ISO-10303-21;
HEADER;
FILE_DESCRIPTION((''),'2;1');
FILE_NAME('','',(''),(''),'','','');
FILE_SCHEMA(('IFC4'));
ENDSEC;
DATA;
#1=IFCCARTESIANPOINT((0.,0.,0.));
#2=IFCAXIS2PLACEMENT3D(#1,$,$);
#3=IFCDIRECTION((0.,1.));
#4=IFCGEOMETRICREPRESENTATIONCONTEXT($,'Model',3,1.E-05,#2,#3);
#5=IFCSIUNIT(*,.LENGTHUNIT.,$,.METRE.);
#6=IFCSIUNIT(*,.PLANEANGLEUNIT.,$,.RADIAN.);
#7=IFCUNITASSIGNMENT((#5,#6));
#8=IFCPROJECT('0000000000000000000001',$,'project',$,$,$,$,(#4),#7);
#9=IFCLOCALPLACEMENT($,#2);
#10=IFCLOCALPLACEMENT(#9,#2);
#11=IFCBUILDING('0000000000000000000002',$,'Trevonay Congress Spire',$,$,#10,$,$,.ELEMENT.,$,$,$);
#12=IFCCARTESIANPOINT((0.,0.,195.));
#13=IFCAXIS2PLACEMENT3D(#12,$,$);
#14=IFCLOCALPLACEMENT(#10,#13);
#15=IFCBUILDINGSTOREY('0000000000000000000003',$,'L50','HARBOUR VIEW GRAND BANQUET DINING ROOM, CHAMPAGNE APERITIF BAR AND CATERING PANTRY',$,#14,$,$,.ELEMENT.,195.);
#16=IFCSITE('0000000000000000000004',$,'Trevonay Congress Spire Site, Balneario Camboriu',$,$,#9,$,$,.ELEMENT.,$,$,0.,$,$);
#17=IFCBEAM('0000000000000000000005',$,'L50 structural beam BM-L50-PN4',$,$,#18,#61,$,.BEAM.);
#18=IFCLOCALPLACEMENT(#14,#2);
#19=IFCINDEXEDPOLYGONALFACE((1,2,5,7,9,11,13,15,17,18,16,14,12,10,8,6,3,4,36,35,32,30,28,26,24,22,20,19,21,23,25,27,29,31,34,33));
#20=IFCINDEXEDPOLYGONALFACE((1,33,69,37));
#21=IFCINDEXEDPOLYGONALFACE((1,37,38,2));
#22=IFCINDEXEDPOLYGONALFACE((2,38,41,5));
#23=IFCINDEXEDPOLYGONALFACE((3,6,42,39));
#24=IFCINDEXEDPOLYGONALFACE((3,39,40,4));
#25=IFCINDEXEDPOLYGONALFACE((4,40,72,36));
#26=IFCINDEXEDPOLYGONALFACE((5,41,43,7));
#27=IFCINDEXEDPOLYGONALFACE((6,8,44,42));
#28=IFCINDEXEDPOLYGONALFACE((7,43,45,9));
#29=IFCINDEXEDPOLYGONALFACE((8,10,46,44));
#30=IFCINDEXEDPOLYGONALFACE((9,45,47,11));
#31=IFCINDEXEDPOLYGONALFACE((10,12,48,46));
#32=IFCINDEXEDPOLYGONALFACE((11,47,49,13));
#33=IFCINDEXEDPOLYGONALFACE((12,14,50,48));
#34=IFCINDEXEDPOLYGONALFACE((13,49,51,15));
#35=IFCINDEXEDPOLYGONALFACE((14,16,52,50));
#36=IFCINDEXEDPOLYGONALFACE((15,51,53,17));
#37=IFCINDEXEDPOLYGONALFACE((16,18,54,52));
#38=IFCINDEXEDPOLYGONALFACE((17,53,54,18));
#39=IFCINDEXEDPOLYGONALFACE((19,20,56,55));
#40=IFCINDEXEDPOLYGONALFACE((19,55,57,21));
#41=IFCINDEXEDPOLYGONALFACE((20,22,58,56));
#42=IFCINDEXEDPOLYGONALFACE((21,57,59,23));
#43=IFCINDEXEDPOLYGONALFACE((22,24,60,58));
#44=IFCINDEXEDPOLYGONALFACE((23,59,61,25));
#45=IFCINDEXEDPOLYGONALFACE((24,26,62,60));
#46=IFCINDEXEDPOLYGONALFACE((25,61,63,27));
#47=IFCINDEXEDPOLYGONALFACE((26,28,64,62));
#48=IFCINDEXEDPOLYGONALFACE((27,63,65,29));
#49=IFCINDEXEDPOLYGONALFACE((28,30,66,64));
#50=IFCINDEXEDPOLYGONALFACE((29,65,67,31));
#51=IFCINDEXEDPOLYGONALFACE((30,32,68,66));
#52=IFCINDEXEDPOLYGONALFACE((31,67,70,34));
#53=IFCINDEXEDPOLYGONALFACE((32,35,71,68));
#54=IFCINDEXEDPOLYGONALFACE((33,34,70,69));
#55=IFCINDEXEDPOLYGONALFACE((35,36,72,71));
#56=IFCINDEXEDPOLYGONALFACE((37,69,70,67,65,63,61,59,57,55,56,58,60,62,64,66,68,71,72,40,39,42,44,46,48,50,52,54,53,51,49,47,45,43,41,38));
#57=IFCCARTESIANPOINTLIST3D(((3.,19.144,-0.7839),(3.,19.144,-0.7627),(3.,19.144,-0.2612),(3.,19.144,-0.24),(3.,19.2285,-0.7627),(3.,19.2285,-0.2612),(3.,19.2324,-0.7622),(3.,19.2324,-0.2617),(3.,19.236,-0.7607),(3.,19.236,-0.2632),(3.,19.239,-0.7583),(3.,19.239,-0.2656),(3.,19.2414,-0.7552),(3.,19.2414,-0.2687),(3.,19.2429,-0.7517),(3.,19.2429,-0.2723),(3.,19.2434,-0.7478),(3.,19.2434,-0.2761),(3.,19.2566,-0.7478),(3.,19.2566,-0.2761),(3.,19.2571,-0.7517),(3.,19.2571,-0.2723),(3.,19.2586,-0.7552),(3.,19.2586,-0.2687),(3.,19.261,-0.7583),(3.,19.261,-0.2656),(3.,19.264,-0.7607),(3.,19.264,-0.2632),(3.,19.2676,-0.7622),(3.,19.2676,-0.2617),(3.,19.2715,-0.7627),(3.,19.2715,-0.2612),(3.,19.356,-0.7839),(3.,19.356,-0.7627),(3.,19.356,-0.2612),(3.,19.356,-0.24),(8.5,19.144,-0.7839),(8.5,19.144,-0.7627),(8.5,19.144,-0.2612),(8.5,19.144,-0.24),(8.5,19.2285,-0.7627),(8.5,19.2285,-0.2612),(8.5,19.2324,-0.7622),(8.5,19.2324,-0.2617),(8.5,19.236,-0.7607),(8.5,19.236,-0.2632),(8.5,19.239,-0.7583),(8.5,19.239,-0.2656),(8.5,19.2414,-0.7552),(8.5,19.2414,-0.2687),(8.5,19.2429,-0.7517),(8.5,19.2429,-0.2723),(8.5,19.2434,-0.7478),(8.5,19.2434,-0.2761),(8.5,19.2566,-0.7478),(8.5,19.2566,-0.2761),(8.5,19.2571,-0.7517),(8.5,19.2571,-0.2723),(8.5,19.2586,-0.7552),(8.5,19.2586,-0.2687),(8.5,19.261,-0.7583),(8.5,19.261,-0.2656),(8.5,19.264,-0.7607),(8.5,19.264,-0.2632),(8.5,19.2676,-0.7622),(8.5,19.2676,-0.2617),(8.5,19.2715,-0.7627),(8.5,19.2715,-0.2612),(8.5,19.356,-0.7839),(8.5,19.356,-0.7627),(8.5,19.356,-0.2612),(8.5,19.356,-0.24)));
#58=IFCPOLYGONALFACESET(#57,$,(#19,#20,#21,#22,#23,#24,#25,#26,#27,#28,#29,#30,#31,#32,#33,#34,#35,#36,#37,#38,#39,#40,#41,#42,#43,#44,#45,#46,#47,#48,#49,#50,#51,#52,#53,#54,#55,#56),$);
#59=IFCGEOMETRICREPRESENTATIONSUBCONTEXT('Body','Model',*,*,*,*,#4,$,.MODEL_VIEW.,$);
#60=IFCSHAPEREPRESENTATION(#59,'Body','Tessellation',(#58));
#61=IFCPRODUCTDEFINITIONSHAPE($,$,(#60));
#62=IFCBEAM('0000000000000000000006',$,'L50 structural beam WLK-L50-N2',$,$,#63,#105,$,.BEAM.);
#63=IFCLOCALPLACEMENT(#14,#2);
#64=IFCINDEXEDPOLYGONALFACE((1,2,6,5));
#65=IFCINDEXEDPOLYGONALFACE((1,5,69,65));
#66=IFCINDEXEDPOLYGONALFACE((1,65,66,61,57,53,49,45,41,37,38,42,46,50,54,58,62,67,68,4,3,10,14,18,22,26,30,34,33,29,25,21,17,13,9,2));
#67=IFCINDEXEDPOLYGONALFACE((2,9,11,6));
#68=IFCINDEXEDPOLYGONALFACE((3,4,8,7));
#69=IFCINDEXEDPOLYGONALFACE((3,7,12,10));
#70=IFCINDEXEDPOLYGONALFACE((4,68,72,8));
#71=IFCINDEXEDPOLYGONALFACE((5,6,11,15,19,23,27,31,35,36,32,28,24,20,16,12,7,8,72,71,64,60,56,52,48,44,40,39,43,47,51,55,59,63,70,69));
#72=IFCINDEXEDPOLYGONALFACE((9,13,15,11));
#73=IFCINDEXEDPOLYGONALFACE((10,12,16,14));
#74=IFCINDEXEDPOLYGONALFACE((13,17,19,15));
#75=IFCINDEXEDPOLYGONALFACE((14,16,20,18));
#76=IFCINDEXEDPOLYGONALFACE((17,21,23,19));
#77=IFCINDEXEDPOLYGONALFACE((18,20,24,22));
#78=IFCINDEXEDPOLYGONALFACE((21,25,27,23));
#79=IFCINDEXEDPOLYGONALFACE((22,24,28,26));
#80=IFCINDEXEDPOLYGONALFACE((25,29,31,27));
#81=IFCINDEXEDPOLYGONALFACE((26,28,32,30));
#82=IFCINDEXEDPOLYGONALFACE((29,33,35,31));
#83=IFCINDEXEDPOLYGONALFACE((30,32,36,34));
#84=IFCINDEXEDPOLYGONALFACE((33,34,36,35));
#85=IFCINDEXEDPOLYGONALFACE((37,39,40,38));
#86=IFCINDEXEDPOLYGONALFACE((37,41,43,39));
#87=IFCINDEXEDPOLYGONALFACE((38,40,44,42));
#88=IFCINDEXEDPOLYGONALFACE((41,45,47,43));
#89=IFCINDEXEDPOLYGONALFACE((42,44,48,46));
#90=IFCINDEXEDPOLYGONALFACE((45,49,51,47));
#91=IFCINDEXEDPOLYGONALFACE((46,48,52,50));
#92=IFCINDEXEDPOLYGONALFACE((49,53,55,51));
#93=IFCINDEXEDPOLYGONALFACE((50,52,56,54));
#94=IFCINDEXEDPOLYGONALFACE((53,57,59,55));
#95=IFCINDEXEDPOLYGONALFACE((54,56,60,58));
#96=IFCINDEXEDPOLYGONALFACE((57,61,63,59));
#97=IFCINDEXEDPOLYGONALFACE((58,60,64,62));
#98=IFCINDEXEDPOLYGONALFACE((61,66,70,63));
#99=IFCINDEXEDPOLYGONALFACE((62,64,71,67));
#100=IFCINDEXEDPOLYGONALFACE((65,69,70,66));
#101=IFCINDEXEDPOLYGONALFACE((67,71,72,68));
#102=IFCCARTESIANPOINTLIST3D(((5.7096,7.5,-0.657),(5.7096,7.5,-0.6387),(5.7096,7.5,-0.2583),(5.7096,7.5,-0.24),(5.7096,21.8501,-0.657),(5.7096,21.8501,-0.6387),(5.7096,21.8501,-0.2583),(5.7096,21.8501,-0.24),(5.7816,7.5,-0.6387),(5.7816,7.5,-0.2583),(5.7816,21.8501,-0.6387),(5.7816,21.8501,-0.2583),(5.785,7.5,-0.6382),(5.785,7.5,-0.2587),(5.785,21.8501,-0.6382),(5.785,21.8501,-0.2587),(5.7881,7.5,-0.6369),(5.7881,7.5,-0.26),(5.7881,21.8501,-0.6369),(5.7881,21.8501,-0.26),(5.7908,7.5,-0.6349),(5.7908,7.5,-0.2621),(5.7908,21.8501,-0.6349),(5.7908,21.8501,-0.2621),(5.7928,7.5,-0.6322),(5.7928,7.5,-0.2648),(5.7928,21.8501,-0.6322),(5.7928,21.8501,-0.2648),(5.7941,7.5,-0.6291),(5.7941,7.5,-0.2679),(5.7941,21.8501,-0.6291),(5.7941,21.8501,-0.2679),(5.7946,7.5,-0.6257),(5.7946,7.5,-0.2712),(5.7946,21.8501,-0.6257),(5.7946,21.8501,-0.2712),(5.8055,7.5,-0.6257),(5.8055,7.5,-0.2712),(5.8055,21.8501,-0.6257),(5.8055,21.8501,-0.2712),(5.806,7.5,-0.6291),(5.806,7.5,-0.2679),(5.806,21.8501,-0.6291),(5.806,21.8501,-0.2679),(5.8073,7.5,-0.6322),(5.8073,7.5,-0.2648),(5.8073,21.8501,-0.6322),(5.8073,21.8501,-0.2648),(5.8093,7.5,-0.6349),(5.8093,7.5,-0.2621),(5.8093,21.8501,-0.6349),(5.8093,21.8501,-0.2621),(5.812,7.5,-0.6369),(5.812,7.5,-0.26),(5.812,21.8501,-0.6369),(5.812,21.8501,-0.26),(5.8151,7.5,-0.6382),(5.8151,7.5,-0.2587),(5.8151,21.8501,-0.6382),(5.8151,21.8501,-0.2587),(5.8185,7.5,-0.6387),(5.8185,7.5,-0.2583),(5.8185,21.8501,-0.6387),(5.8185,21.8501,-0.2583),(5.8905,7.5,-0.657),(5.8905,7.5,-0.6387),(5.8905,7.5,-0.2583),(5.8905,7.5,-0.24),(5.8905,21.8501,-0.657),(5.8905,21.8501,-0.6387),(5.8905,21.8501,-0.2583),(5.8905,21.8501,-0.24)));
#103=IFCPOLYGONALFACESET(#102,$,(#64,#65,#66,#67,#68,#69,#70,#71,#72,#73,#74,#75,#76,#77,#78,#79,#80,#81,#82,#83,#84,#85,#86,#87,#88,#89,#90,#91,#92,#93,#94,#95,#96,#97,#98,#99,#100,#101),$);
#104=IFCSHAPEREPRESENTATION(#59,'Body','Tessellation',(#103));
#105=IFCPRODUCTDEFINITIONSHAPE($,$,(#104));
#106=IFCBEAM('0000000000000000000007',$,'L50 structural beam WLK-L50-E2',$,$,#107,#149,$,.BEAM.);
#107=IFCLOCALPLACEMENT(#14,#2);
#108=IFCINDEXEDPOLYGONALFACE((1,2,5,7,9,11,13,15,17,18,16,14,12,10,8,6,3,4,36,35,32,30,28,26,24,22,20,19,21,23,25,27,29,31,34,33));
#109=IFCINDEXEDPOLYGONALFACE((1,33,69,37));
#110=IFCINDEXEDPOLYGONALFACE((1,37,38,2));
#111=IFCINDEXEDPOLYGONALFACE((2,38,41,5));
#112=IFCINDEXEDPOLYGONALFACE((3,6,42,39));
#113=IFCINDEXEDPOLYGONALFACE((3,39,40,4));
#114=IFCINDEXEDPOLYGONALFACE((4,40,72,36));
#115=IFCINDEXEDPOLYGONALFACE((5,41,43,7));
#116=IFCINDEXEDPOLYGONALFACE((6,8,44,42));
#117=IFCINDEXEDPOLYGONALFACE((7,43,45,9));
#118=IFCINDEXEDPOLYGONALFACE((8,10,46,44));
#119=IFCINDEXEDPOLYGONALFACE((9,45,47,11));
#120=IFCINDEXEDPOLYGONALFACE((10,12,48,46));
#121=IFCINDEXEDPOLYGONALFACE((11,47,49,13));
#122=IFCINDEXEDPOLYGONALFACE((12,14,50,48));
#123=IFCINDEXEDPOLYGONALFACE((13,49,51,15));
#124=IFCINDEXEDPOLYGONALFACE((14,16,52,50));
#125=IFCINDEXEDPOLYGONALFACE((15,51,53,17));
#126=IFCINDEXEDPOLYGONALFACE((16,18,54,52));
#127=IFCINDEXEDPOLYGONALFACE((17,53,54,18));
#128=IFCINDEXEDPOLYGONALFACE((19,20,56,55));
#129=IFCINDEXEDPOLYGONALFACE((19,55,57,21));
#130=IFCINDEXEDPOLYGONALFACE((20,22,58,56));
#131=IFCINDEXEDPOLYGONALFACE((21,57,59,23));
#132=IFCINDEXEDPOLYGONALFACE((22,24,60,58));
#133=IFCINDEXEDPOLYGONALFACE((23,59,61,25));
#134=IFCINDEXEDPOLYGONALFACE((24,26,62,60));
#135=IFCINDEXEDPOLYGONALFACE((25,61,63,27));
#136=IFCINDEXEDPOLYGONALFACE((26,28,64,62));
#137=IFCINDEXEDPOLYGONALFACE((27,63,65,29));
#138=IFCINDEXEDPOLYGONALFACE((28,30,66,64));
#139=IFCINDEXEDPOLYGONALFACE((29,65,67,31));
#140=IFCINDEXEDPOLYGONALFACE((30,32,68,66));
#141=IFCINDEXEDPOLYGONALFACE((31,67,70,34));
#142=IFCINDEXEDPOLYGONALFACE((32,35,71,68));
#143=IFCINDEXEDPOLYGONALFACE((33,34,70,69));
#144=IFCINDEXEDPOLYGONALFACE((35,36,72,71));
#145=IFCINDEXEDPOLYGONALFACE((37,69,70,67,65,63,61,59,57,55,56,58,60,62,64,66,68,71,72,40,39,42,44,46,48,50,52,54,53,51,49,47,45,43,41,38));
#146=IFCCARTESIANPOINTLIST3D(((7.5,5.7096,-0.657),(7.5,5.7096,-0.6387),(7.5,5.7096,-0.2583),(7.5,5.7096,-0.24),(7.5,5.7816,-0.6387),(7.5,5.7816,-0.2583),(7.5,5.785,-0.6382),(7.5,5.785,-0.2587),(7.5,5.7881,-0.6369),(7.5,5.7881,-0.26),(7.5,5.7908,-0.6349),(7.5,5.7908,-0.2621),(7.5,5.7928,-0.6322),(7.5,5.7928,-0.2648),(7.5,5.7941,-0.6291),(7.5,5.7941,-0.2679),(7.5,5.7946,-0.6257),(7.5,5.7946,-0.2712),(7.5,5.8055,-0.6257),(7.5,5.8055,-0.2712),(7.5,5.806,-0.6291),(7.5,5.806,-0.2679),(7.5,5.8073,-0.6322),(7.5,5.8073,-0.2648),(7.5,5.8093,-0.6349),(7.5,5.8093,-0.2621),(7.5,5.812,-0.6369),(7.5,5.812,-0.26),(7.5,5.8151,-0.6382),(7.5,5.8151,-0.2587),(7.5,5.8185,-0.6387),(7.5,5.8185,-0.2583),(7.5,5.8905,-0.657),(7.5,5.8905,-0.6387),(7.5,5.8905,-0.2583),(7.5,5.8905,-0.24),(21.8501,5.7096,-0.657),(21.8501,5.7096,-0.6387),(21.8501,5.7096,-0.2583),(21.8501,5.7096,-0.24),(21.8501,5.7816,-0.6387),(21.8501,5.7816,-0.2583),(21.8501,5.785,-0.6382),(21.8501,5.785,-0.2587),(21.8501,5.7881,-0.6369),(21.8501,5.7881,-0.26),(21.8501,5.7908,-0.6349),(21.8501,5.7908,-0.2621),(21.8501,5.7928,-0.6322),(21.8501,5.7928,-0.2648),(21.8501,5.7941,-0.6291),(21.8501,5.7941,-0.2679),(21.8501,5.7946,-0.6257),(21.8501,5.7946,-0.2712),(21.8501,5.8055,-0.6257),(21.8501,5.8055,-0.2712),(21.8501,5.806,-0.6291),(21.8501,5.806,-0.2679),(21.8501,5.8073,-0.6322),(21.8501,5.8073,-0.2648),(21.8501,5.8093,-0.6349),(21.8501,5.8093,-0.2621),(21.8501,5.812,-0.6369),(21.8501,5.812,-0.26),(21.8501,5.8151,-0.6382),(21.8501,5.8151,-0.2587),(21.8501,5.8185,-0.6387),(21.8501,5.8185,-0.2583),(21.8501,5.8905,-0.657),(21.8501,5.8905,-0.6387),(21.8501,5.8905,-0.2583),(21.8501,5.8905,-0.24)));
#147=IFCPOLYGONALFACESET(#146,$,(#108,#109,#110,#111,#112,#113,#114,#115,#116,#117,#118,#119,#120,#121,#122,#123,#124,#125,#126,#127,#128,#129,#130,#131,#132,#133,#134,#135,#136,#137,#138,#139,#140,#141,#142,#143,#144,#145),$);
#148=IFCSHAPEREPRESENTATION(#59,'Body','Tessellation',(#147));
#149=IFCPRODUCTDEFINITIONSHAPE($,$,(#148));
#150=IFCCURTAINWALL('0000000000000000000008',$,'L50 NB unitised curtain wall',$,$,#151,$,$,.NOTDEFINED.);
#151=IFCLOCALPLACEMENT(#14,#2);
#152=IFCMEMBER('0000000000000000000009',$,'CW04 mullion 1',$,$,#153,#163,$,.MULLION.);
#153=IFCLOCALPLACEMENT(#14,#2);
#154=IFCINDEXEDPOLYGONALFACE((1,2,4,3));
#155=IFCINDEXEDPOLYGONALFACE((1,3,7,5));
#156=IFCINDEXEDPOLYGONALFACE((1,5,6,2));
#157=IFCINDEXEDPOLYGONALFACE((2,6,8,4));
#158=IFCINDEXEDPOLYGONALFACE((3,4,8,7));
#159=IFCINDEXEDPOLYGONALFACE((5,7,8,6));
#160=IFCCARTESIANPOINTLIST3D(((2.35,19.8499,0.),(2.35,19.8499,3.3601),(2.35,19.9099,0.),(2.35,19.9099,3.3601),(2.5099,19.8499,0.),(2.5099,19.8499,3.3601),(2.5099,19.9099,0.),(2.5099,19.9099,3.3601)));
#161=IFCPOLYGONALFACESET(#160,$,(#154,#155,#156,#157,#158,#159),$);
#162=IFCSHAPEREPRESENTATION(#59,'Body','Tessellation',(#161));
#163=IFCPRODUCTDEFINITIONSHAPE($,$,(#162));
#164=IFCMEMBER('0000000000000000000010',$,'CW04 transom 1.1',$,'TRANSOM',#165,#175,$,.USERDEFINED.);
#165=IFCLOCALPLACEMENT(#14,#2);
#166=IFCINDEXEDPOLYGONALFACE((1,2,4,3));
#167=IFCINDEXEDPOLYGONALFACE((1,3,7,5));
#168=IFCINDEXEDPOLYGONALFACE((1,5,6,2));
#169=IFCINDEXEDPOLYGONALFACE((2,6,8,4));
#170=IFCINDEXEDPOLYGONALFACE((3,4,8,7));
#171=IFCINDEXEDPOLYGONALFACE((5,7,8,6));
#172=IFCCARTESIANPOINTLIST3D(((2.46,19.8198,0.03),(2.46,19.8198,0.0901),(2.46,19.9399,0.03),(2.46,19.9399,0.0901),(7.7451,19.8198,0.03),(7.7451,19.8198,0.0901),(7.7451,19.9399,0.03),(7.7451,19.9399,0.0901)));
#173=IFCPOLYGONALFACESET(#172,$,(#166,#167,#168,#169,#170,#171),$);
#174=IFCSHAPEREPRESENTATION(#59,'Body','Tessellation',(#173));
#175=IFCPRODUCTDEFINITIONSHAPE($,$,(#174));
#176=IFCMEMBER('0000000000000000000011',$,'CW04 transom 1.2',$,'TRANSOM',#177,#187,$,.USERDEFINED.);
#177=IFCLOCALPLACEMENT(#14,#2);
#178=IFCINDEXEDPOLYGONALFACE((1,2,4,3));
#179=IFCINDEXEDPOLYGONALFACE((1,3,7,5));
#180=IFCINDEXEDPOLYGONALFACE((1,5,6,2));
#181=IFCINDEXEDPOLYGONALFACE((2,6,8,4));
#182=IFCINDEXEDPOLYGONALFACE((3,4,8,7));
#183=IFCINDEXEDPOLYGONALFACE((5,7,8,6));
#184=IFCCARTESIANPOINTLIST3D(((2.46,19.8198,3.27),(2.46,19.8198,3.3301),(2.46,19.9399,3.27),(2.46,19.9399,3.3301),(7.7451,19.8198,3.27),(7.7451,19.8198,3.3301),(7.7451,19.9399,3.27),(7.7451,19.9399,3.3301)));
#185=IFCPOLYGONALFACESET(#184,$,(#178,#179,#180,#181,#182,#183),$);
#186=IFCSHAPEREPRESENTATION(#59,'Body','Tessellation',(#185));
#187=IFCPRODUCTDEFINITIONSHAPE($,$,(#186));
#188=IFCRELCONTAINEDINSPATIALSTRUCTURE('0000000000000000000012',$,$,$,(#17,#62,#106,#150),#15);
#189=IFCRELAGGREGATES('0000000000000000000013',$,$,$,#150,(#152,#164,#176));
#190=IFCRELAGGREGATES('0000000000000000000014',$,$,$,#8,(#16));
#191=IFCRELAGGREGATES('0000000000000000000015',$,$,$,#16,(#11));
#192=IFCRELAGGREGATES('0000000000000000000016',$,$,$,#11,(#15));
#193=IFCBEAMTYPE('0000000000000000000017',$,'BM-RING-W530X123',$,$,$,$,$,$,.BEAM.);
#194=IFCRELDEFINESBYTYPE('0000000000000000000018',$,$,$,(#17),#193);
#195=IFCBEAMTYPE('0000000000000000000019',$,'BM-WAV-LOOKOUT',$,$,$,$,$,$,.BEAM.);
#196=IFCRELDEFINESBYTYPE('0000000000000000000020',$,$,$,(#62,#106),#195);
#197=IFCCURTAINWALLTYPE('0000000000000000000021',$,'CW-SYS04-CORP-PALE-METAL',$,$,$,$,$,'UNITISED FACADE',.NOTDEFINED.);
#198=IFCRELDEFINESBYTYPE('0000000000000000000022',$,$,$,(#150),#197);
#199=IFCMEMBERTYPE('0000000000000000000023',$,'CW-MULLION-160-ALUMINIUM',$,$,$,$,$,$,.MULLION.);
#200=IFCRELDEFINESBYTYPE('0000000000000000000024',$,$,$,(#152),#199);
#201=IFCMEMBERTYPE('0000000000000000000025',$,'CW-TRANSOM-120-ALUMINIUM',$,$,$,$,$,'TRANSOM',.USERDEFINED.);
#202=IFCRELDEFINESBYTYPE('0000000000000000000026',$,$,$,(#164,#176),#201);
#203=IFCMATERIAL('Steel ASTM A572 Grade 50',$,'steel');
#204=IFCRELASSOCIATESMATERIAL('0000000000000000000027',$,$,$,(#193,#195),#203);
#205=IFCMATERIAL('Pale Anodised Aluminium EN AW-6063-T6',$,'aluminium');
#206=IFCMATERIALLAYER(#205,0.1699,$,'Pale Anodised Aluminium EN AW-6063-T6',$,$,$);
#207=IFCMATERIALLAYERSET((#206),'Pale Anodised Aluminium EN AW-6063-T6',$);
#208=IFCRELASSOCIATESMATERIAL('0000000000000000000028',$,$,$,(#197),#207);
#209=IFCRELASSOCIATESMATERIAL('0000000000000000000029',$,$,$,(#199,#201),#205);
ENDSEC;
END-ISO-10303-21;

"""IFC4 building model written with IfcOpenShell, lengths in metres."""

from ifc_helpers import new_model, si_unit, direction, frame, origin, origin_2d, place, context, subcontext, project, spatial, rectangle, i_section, extrude, material, layer, layer_set, material_profile, profile_set, type_object, element, aggregate, save


model = new_model("IFC4")

# Units and contexts
model_context = context("Model", 3, precision=1e-05, world=origin(), true_north=direction((0.0, 1.0)))
body_context = subcontext(model_context, "Body", "Model", "MODEL_VIEW")
ifc_project = project(units=[si_unit("LENGTHUNIT", "METRE"), si_unit("PLANEANGLEUNIT", "RADIAN")], contexts=[model_context])

# Site, building, storey
site_placement = place(None, origin())
site = spatial("IfcSite", under=ifc_project, at=site_placement, Name="Trevonay Congress Spire Site, Balneario Camboriu", CompositionType="ELEMENT", RefElevation=0.0)
building_placement = place(site_placement, origin())
building = spatial("IfcBuilding", under=site, at=building_placement, Name="Trevonay Congress Spire", CompositionType="ELEMENT")
storey_placement = place(building_placement, frame((0.0, 0.0, 195.0)))
storey = spatial("IfcBuildingStorey", under=building, at=storey_placement, Name="L50", Description="HARBOUR VIEW GRAND BANQUET DINING ROOM, CHAMPAGNE APERITIF BAR AND CATERING PANTRY", CompositionType="ELEMENT", Elevation=195.0)

# Shared definitions
ifc_material_1 = material(Name="Steel ASTM A572 Grade 50", Category="steel")

# Beams
ifc_material_profile_1 = material_profile(ifc_material_1, i_section(OverallWidth=0.2119, OverallDepth=0.5439, WebThickness=0.0132, FlangeThickness=0.0212, FilletRadius=0.0149, at=origin_2d()), Name="W530x123")
ifc_profile_set_1 = profile_set([ifc_material_profile_1], Name="Steel ASTM A572 Grade 50")
beam_type_1 = type_object("IfcBeamType", Name="BM-RING-W530X123", PredefinedType="BEAM", material=ifc_profile_set_1)
beam_1_placement = place(storey_placement, frame((3.0, 19.25, -0.512), z_axis=(1.0, 0.0, 0.0), x_axis=(0.0, 1.0, 0.0)))
element("IfcBeam", 1, at=beam_1_placement, inside=storey, type_object=beam_type_1, Name="L50 structural beam BM-L50-PN4", PredefinedType="BEAM", context=body_context, shape_type="SweptSolid", body=[
    extrude(i_section(OverallWidth=0.2119, OverallDepth=0.5439, WebThickness=0.0132, FlangeThickness=0.0212, FilletRadius=0.0149, at=origin_2d()), origin(), (0.0, 0.0, 1.0), 5.5),
])
ifc_material_profile_2 = material_profile(ifc_material_1, i_section(OverallWidth=0.1809, OverallDepth=0.417, WebThickness=0.011, FlangeThickness=0.0183, FilletRadius=0.0129, at=origin_2d()), Name="W410x85")
ifc_profile_set_2 = profile_set([ifc_material_profile_2], Name="Steel ASTM A572 Grade 50")
beam_type_2 = type_object("IfcBeamType", Name="BM-WAV-LOOKOUT", PredefinedType="BEAM", material=ifc_profile_set_2)
for number, where, z_axis, x_axis, name in (
    (2, (5.8, 7.5, -0.4485), (0.0, 1.0, 0.0), (-1.0, 0.0, 0.0), "L50 structural beam WLK-L50-N2"),
    (3, (7.5, 5.8, -0.4485), (1.0, 0.0, 0.0), (0.0, 1.0, 0.0), "L50 structural beam WLK-L50-E2"),
):
    element("IfcBeam", number, at=place(storey_placement, frame(where, z_axis=z_axis, x_axis=x_axis)), inside=storey, type_object=beam_type_2, Name=name, PredefinedType="BEAM", context=body_context, shape_type="SweptSolid", body=[
        extrude(i_section(OverallWidth=0.1809, OverallDepth=0.417, WebThickness=0.011, FlangeThickness=0.0183, FilletRadius=0.0129, at=origin_2d()), origin(), (0.0, 0.0, 1.0), 14.3501),
    ])

# Curtain wall, members
ifc_material_2 = material(Name="Pale Anodised Aluminium EN AW-6063-T6", Category="aluminium")
ifc_layer_1 = layer(ifc_material_2, 0.1699, Name="Pale Anodised Aluminium EN AW-6063-T6")
ifc_layer_set_1 = layer_set([ifc_layer_1], Name="Pale Anodised Aluminium EN AW-6063-T6")
curtain_wall_type = type_object("IfcCurtainWallType", Name="CW-SYS04-CORP-PALE-METAL", ElementType="UNITISED FACADE", PredefinedType="NOTDEFINED", material=ifc_layer_set_1)
curtain_wall_placement = place(storey_placement, origin())
curtain_wall = element("IfcCurtainWall", 4, at=curtain_wall_placement, inside=storey, type_object=curtain_wall_type, Name="L50 NB unitised curtain wall", PredefinedType="NOTDEFINED")
ifc_material_profile_3 = material_profile(ifc_material_2, rectangle(XDim=0.0601, YDim=0.1599, at=origin_2d()), Name="CW-MULLION-160-ALUMINIUM")
ifc_profile_set_3 = profile_set([ifc_material_profile_3], Name="Pale Anodised Aluminium EN AW-6063-T6")
member_type_1 = type_object("IfcMemberType", Name="CW-MULLION-160-ALUMINIUM", PredefinedType="MULLION", material=ifc_profile_set_3)
member_1_placement = place(storey_placement, frame((2.4299, 19.8799, 0.0), z_axis=(0.0, 0.0, 1.0), x_axis=(0.0, 1.0, 0.0)))
member_1 = element("IfcMember", 5, at=member_1_placement, type_object=member_type_1, Name="CW04 mullion 1", PredefinedType="MULLION", context=body_context, shape_type="SweptSolid", body=[
    extrude(rectangle(XDim=0.0601, YDim=0.1599, at=origin_2d()), origin(), (0.0, 0.0, 1.0), 3.3601),
])
ifc_material_profile_4 = material_profile(ifc_material_2, rectangle(XDim=0.1201, YDim=0.0601, at=origin_2d()), Name="CW-TRANSOM-120-ALUMINIUM")
ifc_profile_set_4 = profile_set([ifc_material_profile_4], Name="Pale Anodised Aluminium EN AW-6063-T6")
member_type_2 = type_object("IfcMemberType", Name="CW-TRANSOM-120-ALUMINIUM", ElementType="TRANSOM", PredefinedType="USERDEFINED", material=ifc_profile_set_4)
member_2_placement = place(storey_placement, frame((2.46, 19.8799, 0.0601), z_axis=(1.0, 0.0, 0.0), x_axis=(0.0, 1.0, 0.0)))
member_2 = element("IfcMember", 6, at=member_2_placement, type_object=member_type_2, Name="CW04 transom 1.1", ObjectType="TRANSOM", PredefinedType="USERDEFINED", context=body_context, shape_type="SweptSolid", body=[
    extrude(rectangle(XDim=0.1201, YDim=0.0601, at=origin_2d()), origin(), (0.0, 0.0, 1.0), 5.2852),
])
member_3_placement = place(storey_placement, frame((2.46, 19.8799, 3.3), z_axis=(1.0, 0.0, 0.0), x_axis=(0.0, 1.0, 0.0)))
member_3 = element("IfcMember", 7, at=member_3_placement, type_object=member_type_2, Name="CW04 transom 1.2", ObjectType="TRANSOM", PredefinedType="USERDEFINED", context=body_context, shape_type="SweptSolid", body=[
    extrude(rectangle(XDim=0.1201, YDim=0.0601, at=origin_2d()), origin(), (0.0, 0.0, 1.0), 5.2852),
])
aggregate(curtain_wall, [member_1, member_2, member_3])

save(model, "model.ifc")
